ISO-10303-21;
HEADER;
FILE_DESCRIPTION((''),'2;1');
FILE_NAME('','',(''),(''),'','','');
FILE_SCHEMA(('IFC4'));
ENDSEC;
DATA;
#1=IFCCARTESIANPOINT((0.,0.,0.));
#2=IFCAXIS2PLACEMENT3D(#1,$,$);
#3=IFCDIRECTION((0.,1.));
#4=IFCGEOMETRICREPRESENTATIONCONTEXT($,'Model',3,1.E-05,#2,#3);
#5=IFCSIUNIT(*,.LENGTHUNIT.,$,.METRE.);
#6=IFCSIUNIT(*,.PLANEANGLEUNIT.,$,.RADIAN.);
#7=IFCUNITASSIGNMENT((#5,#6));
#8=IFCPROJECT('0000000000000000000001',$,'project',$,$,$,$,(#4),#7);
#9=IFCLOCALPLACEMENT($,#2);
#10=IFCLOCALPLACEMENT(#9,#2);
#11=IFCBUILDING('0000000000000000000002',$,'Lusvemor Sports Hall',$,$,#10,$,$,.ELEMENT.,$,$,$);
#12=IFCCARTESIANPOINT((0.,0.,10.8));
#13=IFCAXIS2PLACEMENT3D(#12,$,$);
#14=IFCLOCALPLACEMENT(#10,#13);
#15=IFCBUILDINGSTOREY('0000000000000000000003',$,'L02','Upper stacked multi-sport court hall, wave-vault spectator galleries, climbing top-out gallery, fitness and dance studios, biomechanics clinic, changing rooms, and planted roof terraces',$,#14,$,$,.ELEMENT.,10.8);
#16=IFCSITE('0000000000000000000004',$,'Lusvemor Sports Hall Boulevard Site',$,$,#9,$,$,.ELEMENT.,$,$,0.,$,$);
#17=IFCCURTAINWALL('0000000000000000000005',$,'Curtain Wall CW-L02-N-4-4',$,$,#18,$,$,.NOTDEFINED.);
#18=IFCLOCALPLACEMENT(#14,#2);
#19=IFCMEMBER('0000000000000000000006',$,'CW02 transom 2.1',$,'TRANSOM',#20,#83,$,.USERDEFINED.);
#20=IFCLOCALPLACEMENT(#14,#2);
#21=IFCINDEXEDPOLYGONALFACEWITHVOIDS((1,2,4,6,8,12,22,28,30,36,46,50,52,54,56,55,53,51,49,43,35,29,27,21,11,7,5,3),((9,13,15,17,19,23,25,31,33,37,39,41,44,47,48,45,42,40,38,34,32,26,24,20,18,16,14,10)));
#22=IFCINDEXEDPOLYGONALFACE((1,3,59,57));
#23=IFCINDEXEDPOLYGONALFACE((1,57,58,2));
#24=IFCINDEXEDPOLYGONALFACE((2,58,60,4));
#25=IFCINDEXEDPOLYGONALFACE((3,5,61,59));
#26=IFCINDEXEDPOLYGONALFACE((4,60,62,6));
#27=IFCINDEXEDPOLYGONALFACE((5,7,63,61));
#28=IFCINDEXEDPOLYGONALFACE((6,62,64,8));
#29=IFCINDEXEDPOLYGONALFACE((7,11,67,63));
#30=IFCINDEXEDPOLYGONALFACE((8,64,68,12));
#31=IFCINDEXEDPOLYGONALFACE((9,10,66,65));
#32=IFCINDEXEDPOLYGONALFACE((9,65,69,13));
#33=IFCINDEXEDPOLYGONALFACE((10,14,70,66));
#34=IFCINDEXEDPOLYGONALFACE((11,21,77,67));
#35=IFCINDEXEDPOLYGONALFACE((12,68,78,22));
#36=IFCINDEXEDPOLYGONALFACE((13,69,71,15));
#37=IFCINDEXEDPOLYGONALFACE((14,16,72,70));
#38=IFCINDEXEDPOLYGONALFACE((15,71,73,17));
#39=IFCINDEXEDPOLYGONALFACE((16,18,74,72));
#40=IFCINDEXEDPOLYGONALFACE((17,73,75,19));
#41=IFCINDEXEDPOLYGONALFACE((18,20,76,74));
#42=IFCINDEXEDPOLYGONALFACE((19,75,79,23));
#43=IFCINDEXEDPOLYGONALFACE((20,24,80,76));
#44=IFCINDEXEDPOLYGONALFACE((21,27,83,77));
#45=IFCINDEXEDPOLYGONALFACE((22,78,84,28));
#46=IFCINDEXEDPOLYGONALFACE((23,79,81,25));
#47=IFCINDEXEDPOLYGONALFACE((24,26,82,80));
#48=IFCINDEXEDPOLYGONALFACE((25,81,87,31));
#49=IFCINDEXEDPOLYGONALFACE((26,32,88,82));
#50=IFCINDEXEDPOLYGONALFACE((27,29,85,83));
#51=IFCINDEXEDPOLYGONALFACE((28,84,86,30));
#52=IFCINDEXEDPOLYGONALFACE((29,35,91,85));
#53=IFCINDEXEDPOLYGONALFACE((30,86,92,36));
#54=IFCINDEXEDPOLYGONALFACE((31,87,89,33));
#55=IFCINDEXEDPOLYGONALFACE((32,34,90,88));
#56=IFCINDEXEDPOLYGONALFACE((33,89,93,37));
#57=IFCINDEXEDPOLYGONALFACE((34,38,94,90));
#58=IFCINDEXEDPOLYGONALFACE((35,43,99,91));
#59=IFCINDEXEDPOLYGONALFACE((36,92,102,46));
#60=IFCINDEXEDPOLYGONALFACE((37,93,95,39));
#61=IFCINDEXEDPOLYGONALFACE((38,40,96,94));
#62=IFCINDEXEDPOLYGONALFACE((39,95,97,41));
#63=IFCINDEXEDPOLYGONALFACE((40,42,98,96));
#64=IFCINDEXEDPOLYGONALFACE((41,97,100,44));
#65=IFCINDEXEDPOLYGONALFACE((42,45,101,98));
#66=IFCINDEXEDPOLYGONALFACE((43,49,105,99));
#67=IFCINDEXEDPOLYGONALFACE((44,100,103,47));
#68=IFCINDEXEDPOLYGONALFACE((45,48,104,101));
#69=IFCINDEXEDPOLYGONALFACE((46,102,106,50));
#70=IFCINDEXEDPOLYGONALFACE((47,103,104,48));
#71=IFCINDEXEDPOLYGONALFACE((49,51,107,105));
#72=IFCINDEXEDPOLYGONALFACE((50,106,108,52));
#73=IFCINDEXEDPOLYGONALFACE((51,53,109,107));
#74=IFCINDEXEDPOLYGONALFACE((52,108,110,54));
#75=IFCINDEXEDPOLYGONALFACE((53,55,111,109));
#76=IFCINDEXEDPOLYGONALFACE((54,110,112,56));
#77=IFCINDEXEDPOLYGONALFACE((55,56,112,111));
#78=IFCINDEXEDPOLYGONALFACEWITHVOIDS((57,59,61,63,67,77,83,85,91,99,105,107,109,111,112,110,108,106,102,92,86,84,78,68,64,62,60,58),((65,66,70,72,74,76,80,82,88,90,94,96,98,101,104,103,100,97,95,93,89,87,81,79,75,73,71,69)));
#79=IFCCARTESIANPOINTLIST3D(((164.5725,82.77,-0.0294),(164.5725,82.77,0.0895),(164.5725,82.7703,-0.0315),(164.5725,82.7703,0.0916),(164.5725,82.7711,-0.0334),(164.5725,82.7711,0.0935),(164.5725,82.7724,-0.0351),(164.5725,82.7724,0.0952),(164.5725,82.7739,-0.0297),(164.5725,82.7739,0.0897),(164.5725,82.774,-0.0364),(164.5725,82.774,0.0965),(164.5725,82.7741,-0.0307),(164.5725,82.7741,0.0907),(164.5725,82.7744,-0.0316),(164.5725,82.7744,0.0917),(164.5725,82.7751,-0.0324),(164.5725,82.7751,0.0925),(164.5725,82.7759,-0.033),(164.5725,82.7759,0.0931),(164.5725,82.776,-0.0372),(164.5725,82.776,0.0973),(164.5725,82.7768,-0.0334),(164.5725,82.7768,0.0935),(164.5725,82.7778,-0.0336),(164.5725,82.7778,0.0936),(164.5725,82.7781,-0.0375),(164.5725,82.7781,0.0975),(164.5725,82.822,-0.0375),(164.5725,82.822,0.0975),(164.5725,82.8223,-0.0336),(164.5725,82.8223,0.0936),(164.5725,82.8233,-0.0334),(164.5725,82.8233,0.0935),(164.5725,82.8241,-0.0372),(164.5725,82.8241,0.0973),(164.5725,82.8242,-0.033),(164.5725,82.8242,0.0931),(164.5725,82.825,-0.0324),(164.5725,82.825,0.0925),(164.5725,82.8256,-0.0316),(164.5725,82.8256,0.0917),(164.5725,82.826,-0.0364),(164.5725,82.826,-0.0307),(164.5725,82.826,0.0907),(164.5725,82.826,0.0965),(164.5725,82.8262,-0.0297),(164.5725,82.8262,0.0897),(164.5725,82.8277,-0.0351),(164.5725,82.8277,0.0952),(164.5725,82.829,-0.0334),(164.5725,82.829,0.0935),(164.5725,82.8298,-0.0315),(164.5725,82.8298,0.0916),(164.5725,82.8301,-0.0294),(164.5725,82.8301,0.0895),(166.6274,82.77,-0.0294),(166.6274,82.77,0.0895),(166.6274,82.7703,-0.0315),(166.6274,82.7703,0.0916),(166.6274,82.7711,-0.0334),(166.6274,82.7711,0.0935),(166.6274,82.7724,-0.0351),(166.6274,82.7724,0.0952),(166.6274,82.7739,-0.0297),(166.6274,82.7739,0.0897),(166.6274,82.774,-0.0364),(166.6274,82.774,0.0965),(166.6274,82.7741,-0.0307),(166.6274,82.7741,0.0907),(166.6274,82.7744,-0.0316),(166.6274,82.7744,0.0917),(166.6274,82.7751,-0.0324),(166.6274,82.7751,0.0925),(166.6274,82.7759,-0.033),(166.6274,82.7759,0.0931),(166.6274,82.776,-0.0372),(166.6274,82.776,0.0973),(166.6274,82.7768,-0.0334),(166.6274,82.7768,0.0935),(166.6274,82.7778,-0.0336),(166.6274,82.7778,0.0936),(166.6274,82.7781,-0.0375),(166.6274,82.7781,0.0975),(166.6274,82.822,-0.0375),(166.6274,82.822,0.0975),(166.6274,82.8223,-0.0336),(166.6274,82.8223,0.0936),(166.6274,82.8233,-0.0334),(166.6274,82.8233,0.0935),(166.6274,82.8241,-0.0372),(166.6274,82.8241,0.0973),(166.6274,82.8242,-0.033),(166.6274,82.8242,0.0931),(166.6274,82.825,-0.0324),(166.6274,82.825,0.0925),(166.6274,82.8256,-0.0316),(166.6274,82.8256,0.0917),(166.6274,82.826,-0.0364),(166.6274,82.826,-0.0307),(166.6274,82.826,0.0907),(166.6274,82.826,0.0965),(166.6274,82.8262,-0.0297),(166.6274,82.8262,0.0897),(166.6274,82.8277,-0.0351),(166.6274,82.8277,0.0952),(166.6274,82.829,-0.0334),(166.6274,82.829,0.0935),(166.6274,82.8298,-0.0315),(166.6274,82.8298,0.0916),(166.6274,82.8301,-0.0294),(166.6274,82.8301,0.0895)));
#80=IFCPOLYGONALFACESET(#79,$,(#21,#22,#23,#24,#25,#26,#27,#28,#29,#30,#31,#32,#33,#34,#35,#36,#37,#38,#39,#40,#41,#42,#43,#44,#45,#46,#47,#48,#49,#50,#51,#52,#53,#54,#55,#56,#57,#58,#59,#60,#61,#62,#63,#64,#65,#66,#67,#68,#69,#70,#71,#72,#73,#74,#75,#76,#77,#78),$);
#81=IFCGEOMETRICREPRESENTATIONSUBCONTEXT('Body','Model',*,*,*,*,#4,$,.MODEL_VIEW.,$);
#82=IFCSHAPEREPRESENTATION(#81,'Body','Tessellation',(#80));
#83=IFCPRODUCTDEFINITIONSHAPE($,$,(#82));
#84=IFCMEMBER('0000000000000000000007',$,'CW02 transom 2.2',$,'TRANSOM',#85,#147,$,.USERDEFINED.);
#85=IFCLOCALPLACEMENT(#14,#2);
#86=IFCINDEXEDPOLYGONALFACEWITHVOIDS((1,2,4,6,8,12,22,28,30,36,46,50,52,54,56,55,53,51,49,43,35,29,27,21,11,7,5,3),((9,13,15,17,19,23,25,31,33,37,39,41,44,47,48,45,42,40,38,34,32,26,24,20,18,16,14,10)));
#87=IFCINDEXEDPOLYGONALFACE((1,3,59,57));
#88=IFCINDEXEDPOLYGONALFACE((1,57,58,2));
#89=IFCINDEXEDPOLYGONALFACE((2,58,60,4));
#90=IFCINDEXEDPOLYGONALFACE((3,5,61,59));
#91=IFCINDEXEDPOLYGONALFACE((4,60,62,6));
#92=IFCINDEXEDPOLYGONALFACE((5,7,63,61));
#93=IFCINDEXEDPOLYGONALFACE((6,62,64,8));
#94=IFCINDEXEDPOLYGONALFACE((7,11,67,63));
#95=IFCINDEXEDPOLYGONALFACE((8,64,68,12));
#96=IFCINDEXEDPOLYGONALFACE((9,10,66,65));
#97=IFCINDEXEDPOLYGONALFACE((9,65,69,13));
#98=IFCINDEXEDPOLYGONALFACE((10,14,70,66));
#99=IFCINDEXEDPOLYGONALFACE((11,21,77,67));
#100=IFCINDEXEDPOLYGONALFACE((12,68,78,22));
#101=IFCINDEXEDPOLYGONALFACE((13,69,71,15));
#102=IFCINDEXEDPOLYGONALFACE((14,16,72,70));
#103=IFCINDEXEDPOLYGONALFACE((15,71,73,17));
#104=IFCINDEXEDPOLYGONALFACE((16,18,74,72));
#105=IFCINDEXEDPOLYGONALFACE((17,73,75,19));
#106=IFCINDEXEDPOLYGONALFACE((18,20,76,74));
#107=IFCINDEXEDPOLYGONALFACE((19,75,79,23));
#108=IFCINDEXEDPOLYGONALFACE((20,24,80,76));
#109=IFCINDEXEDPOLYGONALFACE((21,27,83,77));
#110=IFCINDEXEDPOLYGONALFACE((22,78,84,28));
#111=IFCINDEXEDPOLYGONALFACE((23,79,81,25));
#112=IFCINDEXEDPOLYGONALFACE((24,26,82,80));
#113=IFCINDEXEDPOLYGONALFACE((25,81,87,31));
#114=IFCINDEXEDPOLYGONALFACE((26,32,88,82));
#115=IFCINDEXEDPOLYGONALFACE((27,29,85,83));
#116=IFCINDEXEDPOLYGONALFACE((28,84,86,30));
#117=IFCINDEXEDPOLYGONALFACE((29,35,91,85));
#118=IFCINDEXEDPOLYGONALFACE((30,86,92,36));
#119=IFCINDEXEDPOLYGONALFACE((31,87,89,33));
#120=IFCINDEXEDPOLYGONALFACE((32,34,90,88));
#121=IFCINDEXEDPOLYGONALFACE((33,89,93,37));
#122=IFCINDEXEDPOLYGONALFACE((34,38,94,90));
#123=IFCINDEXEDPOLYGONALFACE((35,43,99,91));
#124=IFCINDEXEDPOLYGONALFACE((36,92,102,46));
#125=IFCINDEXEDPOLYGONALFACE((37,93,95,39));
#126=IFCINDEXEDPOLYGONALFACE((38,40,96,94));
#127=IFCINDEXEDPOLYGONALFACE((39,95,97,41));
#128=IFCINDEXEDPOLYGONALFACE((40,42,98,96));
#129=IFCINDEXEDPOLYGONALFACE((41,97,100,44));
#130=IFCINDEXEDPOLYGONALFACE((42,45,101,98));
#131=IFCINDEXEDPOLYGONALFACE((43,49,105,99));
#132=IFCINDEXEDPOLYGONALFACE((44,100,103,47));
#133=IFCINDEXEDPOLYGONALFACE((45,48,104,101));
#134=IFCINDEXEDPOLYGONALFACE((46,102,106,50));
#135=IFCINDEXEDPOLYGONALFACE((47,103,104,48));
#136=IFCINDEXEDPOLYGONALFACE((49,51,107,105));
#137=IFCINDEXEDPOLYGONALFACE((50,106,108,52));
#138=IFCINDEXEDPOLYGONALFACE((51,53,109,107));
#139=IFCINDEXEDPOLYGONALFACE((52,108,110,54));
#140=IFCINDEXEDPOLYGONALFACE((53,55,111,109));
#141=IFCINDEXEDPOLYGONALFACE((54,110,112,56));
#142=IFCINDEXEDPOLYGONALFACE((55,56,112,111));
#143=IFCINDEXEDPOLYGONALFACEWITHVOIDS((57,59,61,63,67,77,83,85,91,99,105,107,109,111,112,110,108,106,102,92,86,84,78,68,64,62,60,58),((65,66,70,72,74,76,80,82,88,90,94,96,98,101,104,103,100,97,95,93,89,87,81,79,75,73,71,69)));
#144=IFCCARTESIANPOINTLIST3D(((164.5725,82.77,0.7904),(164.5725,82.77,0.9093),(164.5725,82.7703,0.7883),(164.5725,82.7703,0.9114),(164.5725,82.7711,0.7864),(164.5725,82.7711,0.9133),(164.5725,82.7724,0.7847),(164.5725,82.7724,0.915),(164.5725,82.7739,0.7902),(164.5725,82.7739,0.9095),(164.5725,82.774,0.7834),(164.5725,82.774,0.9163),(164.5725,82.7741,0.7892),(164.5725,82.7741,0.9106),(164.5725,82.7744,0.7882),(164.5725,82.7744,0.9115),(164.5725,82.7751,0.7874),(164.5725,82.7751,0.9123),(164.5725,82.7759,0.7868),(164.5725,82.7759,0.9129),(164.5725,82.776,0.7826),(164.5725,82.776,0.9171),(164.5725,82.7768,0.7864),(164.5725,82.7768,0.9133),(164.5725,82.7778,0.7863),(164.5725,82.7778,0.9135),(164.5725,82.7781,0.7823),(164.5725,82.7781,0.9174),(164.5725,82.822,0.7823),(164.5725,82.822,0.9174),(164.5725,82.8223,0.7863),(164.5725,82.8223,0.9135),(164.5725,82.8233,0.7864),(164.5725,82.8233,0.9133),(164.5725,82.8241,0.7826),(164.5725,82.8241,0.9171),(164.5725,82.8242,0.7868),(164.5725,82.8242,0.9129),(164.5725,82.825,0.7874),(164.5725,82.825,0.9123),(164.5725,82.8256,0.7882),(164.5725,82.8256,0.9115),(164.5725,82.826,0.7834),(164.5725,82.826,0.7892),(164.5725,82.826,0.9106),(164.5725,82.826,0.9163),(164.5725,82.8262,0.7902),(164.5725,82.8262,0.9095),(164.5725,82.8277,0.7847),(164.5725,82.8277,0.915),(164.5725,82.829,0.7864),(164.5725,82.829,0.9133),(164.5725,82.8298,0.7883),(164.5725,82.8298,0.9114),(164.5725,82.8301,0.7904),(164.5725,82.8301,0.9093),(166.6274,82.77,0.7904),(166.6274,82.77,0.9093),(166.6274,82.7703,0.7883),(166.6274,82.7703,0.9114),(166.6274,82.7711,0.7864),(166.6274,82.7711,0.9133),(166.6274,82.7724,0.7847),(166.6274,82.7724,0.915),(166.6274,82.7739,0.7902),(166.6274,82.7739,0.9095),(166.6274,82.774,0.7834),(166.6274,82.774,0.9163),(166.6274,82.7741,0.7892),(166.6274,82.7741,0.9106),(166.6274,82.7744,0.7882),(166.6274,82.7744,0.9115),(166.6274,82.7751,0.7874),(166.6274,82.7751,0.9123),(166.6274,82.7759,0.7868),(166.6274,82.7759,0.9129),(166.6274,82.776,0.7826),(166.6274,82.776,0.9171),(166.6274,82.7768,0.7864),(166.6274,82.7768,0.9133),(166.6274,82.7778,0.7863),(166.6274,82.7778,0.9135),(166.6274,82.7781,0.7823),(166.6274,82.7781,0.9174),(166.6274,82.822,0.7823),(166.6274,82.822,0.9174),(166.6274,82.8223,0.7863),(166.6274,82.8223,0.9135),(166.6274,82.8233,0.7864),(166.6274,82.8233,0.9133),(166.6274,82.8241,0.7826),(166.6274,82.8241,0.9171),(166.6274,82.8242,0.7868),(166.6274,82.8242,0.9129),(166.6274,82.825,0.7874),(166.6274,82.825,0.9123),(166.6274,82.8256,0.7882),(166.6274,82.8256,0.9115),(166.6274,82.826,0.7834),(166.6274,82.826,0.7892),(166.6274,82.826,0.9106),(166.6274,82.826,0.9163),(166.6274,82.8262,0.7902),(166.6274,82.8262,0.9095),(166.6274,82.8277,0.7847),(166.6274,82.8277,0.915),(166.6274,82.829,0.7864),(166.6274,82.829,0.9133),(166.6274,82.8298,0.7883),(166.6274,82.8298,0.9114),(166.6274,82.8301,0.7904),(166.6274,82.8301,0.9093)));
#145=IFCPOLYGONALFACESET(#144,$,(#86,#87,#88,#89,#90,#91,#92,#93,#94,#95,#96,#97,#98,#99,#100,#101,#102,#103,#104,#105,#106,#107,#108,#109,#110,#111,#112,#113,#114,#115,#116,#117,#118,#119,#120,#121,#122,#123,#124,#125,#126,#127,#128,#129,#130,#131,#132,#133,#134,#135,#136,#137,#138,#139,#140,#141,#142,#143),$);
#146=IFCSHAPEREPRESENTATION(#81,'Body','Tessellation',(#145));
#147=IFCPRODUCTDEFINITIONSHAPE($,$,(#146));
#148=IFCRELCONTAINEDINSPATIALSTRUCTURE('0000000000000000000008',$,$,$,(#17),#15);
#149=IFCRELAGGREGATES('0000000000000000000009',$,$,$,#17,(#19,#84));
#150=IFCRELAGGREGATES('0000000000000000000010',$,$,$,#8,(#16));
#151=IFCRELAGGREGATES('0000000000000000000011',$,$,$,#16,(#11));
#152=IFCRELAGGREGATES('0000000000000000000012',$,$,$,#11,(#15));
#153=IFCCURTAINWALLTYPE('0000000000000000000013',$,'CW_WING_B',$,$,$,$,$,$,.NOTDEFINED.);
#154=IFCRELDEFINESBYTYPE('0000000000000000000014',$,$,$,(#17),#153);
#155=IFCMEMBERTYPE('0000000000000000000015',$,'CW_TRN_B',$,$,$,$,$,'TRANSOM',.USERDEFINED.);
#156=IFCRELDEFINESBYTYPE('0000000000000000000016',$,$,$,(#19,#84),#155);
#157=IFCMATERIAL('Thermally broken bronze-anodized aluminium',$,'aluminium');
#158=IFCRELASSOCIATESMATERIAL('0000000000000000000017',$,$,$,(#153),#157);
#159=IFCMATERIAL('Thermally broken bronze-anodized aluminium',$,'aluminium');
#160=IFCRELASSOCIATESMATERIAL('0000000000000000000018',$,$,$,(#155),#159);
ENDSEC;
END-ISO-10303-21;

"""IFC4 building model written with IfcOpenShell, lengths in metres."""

from ifc_helpers import new_model, si_unit, direction, frame, origin, origin_2d, place, context, subcontext, project, spatial, hollow_rectangle, extrude, material, material_profile, profile_set, type_object, element, aggregate, save


model = new_model("IFC4")

# Units and contexts
model_context = context("Model", 3, precision=1e-05, world=origin(), true_north=direction((0.0, 1.0)))
body_context = subcontext(model_context, "Body", "Model", "MODEL_VIEW")
ifc_project = project(units=[si_unit("LENGTHUNIT", "METRE"), si_unit("PLANEANGLEUNIT", "RADIAN")], contexts=[model_context])

# Site, building, storey
site_placement = place(None, origin())
site = spatial("IfcSite", under=ifc_project, at=site_placement, Name="Lusvemor Sports Hall Boulevard Site", CompositionType="ELEMENT", RefElevation=0.0)
building_placement = place(site_placement, origin())
building = spatial("IfcBuilding", under=site, at=building_placement, Name="Lusvemor Sports Hall", CompositionType="ELEMENT")
storey_placement = place(building_placement, frame((0.0, 0.0, 10.8)))
storey = spatial("IfcBuildingStorey", under=building, at=storey_placement, Name="L02", Description="Upper stacked multi-sport court hall, wave-vault spectator galleries, climbing top-out gallery, fitness and dance studios, biomechanics clinic, changing rooms, and planted roof terraces", CompositionType="ELEMENT", Elevation=10.8)

# Curtain wall, members
ifc_material_1 = material(Name="Thermally broken bronze-anodized aluminium", Category="aluminium")
curtain_wall_type = type_object("IfcCurtainWallType", Name="CW_WING_B", PredefinedType="NOTDEFINED", material=ifc_material_1)
curtain_wall_placement = place(storey_placement, origin())
curtain_wall = element("IfcCurtainWall", 1, at=curtain_wall_placement, inside=storey, type_object=curtain_wall_type, Name="Curtain Wall CW-L02-N-4-4", PredefinedType="NOTDEFINED")
ifc_material_2 = material(Name="Thermally broken bronze-anodized aluminium", Category="aluminium")
ifc_material_profile_1 = material_profile(ifc_material_2, hollow_rectangle(XDim=0.0601, YDim=0.135, WallThickness=0.0039, InnerFilletRadius=0.0039, OuterFilletRadius=0.0081, at=origin_2d()), Name="CWTRN135x60x4")
ifc_profile_set_1 = profile_set([ifc_material_profile_1], Name="Thermally broken bronze-anodized aluminium")
member_type_1 = type_object("IfcMemberType", Name="CW_TRN_B", ElementType="TRANSOM", PredefinedType="USERDEFINED", material=ifc_profile_set_1)
member_1_placement = place(storey_placement, frame((164.5725, 82.8, 0.03), z_axis=(1.0, 0.0, 0.0), x_axis=(0.0, 1.0, 0.0)))
member_1 = element("IfcMember", 2, at=member_1_placement, type_object=member_type_1, Name="CW02 transom 2.1", ObjectType="TRANSOM", PredefinedType="USERDEFINED", context=body_context, shape_type="SweptSolid", body=[
    extrude(hollow_rectangle(XDim=0.0601, YDim=0.135, WallThickness=0.0039, InnerFilletRadius=0.0039, OuterFilletRadius=0.0081, at=origin_2d()), origin(), (0.0, 0.0, 1.0), 2.0549),
])
member_2_placement = place(storey_placement, frame((164.5725, 82.8, 0.8499), z_axis=(1.0, 0.0, 0.0), x_axis=(0.0, 1.0, 0.0)))
member_2 = element("IfcMember", 3, at=member_2_placement, type_object=member_type_1, Name="CW02 transom 2.2", ObjectType="TRANSOM", PredefinedType="USERDEFINED", context=body_context, shape_type="SweptSolid", body=[
    extrude(hollow_rectangle(XDim=0.0601, YDim=0.135, WallThickness=0.0039, InnerFilletRadius=0.0039, OuterFilletRadius=0.0081, at=origin_2d()), origin(), (0.0, 0.0, 1.0), 2.0549),
])
aggregate(curtain_wall, [member_1, member_2])

save(model, "model.ifc")
